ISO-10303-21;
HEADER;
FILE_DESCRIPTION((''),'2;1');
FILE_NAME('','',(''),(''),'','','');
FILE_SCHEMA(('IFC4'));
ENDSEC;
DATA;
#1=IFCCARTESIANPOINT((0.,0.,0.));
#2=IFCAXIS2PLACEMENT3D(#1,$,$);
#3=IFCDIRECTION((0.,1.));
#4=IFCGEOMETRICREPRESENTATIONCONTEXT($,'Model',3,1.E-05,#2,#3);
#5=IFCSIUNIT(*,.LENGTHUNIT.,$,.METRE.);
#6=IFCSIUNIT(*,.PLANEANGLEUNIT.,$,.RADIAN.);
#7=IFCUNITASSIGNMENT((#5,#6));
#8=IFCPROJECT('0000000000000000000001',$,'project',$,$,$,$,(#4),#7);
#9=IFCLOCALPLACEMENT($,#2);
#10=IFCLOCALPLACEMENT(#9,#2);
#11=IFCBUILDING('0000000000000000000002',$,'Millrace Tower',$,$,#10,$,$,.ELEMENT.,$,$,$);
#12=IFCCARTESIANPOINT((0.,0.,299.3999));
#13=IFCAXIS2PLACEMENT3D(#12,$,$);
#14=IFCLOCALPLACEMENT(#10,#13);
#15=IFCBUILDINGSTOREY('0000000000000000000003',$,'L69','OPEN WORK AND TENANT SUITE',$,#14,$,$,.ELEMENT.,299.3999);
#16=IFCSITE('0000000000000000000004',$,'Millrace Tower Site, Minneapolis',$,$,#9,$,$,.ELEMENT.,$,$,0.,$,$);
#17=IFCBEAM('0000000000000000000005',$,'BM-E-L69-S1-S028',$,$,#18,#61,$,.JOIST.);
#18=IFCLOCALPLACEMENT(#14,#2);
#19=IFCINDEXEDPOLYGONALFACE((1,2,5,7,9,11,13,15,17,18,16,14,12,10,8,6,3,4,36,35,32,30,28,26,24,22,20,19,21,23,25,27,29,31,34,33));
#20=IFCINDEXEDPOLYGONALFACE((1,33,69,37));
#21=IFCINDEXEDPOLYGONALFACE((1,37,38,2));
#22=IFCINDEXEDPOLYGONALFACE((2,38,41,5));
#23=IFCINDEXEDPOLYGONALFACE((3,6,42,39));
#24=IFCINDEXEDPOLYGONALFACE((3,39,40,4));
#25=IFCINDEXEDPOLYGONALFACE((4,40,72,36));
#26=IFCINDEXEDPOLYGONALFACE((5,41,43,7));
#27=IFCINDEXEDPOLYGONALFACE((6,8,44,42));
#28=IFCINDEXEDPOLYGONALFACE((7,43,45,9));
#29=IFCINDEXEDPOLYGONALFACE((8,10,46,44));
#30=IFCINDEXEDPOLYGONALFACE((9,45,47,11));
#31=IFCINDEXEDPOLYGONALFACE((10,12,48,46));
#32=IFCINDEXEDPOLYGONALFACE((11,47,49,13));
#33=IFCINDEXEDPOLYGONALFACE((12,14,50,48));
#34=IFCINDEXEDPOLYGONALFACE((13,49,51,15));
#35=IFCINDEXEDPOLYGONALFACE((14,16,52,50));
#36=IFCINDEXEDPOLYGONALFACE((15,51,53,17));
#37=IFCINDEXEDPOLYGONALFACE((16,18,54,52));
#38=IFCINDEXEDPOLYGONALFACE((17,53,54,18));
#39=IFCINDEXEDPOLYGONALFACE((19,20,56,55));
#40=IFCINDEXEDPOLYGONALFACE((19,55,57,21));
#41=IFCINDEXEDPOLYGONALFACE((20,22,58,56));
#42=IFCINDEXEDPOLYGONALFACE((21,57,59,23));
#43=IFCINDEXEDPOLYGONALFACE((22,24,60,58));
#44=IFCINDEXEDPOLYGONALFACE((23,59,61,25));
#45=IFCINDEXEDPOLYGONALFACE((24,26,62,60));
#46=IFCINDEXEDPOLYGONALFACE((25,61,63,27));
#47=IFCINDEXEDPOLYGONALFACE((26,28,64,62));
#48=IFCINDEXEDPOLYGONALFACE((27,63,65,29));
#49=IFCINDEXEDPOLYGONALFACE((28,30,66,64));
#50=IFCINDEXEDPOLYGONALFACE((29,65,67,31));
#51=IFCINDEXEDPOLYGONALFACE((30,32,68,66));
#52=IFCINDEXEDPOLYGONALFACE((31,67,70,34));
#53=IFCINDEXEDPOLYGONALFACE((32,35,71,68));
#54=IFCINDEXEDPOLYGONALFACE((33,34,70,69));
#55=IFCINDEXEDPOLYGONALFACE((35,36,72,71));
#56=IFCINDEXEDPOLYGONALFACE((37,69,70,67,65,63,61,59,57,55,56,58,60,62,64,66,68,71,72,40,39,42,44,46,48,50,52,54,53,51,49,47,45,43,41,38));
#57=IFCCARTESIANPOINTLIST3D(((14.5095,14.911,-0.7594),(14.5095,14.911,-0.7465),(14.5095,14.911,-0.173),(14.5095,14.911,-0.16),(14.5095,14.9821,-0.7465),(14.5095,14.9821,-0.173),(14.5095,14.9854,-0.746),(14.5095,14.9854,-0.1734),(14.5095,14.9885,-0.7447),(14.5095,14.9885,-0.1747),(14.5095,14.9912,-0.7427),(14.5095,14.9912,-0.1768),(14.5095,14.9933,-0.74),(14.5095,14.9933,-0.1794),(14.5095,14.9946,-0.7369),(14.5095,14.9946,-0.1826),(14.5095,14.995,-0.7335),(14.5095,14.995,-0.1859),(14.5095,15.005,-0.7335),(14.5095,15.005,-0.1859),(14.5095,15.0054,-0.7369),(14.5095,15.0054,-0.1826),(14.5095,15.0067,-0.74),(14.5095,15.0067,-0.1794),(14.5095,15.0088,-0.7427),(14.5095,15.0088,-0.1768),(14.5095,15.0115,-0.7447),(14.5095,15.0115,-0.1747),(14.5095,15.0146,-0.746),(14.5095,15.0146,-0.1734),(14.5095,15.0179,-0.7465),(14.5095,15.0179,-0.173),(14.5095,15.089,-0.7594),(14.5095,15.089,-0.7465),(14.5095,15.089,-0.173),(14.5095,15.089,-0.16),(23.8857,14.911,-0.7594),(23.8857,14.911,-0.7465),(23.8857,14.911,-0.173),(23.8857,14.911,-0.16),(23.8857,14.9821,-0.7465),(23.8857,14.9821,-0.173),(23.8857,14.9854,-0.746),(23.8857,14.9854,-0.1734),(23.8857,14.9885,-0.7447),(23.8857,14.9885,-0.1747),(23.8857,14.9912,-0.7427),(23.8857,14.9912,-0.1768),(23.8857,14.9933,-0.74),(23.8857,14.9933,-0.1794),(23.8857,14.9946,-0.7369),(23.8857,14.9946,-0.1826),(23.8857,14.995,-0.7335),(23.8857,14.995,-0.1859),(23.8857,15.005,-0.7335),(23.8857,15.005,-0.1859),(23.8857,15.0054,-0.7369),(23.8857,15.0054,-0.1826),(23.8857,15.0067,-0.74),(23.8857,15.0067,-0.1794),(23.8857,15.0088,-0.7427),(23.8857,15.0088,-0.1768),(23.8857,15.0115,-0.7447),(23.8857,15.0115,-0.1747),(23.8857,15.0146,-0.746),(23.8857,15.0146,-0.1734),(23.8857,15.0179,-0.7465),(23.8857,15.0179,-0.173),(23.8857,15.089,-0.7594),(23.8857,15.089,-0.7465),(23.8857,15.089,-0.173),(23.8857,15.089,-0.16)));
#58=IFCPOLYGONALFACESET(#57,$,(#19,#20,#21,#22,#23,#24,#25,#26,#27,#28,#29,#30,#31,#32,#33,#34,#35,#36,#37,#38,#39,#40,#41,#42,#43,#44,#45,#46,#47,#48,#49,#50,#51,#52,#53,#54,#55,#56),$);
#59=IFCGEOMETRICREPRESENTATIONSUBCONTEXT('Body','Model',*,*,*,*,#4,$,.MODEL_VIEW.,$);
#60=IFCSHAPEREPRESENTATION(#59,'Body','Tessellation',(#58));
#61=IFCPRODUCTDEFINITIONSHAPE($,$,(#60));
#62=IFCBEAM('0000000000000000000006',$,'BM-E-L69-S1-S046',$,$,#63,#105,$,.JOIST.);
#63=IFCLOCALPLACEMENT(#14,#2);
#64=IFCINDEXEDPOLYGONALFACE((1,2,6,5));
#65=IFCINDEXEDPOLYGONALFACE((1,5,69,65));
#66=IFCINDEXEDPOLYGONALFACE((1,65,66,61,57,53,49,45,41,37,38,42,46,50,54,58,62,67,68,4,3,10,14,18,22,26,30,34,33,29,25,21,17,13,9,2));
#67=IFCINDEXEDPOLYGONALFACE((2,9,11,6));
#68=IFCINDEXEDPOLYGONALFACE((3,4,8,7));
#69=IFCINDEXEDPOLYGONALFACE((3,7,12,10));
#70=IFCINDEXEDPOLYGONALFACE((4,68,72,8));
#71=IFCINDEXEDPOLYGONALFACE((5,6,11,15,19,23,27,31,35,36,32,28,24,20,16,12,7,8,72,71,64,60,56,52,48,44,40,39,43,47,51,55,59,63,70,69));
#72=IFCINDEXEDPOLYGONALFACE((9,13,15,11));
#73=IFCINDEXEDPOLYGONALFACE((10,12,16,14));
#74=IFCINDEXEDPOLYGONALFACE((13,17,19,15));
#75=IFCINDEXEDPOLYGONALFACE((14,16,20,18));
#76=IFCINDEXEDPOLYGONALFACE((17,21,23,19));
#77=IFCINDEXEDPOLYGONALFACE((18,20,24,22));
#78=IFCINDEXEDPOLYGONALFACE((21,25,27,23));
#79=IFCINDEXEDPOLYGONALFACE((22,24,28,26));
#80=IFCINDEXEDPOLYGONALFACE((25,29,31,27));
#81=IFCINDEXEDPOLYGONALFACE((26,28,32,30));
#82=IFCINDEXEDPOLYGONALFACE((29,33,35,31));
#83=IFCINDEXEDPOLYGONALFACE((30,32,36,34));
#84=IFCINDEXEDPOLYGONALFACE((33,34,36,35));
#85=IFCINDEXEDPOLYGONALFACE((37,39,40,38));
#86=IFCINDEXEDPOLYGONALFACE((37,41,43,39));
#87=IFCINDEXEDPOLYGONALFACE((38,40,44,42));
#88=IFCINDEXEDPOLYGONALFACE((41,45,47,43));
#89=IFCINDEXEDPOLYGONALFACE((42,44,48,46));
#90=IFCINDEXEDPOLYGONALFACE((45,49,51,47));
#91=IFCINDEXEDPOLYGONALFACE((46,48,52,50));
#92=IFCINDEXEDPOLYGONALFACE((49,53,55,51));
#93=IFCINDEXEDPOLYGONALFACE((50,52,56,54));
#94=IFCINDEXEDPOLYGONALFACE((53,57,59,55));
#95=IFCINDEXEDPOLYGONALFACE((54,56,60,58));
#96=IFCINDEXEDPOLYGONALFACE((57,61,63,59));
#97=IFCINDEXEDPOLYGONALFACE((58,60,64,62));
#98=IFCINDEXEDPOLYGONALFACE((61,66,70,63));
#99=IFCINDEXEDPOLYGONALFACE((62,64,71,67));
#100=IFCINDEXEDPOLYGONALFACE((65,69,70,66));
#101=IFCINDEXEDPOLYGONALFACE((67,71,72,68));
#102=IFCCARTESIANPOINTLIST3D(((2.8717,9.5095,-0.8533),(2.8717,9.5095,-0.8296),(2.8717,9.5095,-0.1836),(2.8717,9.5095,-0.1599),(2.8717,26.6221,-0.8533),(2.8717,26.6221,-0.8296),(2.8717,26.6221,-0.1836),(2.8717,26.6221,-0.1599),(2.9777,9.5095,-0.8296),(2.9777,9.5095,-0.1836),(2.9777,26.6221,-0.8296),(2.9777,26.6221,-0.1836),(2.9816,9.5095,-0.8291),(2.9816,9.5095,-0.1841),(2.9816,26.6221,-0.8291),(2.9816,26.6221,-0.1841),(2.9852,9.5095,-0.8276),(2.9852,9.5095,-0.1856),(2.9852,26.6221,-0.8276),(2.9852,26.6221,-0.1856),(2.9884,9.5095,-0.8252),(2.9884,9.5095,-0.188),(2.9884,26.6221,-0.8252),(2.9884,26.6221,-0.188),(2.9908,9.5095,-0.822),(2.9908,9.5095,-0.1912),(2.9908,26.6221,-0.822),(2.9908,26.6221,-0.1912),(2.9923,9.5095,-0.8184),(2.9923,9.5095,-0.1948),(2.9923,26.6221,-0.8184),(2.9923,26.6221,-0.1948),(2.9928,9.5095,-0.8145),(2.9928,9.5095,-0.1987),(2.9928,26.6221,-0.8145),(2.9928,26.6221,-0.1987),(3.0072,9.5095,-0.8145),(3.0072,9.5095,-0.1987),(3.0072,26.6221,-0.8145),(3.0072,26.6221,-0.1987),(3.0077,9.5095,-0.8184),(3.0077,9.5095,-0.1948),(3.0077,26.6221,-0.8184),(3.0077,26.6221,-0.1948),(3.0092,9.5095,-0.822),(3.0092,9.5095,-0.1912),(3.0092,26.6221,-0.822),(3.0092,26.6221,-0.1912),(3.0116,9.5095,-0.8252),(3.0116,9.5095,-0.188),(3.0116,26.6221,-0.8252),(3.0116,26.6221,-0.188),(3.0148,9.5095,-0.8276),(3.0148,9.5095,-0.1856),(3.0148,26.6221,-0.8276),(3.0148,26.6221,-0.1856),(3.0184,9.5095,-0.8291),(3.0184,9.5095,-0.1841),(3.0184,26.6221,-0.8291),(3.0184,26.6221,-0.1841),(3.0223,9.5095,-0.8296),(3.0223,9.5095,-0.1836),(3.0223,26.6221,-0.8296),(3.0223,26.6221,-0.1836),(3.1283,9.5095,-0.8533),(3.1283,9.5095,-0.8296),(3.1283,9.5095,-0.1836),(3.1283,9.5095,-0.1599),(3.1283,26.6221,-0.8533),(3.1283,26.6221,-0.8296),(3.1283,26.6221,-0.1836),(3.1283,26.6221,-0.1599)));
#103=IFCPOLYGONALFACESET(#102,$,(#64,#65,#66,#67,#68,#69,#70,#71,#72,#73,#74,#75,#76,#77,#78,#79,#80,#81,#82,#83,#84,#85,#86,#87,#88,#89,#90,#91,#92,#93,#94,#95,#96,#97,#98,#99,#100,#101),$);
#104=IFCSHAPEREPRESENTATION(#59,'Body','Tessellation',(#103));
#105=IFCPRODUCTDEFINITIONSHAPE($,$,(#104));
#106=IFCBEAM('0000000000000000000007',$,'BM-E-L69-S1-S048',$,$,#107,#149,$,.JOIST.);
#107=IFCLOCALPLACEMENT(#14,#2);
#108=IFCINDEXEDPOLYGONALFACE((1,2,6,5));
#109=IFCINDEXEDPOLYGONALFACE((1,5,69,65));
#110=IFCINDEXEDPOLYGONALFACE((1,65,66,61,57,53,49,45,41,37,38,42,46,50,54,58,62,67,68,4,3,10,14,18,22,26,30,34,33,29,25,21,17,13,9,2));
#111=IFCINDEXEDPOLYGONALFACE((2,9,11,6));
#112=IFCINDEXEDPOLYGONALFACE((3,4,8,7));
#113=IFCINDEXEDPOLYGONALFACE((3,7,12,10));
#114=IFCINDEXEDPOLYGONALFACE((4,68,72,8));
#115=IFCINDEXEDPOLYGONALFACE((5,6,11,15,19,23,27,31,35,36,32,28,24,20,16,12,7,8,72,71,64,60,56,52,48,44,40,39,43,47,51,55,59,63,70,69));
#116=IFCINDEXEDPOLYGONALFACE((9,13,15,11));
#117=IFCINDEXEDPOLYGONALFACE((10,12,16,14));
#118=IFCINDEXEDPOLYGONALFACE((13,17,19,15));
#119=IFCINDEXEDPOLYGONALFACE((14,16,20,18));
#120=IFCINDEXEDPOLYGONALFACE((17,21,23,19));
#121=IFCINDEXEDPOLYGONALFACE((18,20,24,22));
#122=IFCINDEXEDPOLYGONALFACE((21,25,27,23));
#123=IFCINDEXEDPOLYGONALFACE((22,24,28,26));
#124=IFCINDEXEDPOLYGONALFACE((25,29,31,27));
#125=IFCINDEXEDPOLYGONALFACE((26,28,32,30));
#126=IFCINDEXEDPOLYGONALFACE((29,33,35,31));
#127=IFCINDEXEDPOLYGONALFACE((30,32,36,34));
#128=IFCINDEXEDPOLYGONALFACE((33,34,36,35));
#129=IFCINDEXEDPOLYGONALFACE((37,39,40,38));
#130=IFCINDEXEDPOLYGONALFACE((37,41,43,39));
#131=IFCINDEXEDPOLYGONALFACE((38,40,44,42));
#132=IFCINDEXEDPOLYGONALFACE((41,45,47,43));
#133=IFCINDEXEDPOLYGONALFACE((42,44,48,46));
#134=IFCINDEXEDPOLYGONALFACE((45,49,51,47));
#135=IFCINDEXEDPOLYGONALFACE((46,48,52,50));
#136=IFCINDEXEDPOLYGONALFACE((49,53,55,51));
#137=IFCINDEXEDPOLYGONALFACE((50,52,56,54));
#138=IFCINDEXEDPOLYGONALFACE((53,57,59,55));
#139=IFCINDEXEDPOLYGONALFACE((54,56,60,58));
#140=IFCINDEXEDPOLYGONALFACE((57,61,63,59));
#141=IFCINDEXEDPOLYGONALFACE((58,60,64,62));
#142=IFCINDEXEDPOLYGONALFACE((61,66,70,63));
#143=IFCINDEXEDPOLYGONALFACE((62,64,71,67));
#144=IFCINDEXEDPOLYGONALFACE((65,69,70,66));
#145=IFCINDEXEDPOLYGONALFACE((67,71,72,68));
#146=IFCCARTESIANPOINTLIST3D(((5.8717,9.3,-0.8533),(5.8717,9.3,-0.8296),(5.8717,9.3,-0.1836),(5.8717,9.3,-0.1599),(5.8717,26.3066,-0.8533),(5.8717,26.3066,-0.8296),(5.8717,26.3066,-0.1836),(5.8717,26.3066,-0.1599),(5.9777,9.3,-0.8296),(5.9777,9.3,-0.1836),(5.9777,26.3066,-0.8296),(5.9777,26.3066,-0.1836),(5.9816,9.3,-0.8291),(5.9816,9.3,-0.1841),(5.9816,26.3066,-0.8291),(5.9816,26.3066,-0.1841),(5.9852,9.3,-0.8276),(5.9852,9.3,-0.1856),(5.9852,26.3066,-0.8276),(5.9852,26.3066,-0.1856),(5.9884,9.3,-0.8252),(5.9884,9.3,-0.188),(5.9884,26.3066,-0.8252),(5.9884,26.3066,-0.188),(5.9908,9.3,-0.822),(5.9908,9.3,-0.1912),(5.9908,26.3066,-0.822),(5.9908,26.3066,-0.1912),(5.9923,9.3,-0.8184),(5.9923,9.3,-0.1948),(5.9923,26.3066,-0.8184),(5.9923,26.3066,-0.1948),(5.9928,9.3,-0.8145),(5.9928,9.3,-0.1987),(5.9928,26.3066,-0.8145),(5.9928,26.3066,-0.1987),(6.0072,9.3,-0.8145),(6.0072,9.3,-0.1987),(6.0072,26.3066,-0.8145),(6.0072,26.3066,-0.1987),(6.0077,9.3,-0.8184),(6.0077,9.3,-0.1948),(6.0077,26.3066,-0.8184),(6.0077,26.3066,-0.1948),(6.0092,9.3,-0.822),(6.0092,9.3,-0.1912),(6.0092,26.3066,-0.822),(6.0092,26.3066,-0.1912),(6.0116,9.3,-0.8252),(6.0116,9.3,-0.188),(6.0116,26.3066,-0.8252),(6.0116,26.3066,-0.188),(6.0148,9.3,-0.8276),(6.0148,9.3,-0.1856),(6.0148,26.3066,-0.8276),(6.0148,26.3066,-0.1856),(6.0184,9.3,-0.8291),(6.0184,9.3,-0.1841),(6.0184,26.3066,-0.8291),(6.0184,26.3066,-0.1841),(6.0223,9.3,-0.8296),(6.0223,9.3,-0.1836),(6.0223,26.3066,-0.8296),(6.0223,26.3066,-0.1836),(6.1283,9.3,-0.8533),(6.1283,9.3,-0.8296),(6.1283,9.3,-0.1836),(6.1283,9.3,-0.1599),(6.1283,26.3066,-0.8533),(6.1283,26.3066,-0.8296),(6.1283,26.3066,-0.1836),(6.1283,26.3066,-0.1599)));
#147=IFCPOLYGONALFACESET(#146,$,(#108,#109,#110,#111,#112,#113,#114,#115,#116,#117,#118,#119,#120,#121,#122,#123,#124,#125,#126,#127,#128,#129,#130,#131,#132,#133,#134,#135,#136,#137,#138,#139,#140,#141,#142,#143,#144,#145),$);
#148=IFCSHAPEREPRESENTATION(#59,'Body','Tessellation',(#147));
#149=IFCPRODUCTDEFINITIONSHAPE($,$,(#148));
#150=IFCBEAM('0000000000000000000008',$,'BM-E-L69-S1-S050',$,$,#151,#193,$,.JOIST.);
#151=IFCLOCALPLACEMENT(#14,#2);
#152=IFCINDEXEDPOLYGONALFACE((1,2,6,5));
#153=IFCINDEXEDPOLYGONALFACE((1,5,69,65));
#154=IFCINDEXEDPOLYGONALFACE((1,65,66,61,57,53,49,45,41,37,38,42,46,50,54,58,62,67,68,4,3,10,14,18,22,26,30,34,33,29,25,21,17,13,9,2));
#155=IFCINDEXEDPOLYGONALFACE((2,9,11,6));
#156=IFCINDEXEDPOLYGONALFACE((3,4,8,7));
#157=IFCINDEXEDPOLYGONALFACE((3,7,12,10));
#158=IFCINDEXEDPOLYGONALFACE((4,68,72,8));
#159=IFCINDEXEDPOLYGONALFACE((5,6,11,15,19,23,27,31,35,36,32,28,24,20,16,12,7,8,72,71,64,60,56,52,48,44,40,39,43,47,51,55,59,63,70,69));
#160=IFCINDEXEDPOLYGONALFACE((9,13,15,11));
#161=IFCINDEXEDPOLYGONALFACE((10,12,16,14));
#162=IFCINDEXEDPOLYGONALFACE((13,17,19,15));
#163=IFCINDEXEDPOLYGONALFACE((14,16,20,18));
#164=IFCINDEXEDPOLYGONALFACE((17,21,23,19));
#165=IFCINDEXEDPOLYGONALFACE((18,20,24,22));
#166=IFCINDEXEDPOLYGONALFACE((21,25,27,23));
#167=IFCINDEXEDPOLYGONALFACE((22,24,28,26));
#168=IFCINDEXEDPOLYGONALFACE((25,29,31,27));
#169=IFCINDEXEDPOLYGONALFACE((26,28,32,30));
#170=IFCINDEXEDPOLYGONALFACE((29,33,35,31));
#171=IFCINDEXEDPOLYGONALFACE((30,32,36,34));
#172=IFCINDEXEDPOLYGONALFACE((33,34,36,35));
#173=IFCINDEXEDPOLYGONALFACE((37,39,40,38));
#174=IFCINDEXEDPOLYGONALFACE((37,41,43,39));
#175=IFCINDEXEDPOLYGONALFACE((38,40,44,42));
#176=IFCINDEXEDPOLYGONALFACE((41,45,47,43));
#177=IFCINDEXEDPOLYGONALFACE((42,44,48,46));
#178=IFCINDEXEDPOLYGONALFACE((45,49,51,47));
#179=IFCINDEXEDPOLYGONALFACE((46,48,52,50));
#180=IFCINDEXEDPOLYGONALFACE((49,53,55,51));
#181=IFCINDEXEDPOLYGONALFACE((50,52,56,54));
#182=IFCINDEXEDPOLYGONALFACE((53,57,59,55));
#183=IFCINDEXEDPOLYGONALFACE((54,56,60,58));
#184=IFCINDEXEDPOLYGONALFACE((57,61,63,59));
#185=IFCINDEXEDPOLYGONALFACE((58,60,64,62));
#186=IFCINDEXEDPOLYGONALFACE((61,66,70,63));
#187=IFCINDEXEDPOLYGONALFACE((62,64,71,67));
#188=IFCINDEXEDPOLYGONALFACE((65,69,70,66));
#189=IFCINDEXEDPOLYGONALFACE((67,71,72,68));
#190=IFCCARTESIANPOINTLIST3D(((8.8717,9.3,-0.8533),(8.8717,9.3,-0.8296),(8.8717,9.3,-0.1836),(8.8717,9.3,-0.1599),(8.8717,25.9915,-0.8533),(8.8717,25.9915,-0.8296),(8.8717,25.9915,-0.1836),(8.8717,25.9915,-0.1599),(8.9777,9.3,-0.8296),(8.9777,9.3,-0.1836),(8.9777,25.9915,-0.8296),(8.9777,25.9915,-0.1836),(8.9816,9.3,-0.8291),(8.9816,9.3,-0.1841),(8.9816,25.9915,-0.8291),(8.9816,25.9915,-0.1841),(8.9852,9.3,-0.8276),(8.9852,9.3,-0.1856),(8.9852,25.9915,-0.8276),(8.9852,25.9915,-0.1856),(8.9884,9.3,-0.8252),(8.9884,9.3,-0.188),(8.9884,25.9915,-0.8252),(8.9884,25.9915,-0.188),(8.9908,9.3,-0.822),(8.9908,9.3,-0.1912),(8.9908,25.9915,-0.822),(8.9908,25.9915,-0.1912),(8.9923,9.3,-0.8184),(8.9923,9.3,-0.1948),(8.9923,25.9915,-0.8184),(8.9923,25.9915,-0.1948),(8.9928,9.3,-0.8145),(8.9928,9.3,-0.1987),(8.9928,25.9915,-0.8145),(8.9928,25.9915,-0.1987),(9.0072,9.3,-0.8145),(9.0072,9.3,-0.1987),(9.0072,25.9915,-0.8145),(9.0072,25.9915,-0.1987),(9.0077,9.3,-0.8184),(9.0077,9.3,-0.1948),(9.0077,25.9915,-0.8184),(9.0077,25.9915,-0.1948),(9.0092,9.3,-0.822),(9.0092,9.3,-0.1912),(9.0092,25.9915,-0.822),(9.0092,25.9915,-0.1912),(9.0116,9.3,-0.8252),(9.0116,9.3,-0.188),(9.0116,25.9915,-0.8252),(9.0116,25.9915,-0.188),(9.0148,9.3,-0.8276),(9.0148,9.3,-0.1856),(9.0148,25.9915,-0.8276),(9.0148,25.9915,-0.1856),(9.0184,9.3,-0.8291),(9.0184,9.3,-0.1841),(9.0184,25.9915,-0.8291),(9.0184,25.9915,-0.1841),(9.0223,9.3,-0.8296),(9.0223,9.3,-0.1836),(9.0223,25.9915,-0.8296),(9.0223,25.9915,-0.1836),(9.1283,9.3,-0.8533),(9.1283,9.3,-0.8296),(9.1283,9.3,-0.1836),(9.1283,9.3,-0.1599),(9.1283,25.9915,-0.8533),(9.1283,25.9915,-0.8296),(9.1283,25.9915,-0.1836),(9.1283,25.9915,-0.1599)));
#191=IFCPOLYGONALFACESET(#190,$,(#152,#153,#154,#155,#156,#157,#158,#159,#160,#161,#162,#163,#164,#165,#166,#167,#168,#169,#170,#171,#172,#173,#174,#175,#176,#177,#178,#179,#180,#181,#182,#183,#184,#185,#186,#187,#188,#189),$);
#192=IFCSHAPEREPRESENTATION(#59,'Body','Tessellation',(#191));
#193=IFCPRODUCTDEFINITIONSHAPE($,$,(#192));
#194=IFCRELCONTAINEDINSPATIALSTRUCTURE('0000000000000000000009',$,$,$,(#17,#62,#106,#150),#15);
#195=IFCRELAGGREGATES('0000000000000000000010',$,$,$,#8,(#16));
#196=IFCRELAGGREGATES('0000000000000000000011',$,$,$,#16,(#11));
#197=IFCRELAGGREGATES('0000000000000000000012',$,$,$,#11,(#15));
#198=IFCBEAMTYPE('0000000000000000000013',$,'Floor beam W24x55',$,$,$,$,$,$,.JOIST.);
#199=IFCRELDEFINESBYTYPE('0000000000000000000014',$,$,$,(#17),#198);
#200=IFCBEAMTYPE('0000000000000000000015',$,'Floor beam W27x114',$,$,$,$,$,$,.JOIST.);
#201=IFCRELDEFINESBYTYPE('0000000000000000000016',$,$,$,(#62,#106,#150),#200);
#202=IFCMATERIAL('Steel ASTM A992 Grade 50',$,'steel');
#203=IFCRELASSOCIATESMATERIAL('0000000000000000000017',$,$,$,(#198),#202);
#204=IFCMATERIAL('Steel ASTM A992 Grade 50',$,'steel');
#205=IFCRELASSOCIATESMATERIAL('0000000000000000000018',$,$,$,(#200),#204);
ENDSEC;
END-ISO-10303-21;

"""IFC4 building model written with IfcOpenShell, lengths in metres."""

from ifc_helpers import new_model, si_unit, direction, frame, origin, origin_2d, place, context, subcontext, project, spatial, i_section, extrude, material, material_profile, profile_set, type_object, element, save


model = new_model("IFC4")

# Units and contexts
model_context = context("Model", 3, precision=1e-05, world=origin(), true_north=direction((0.0, 1.0)))
body_context = subcontext(model_context, "Body", "Model", "MODEL_VIEW")
ifc_project = project(units=[si_unit("LENGTHUNIT", "METRE"), si_unit("PLANEANGLEUNIT", "RADIAN")], contexts=[model_context])

# Site, building, storey
site_placement = place(None, origin())
site = spatial("IfcSite", under=ifc_project, at=site_placement, Name="Millrace Tower Site, Minneapolis", CompositionType="ELEMENT", RefElevation=0.0)
building_placement = place(site_placement, origin())
building = spatial("IfcBuilding", under=site, at=building_placement, Name="Millrace Tower", CompositionType="ELEMENT")
storey_placement = place(building_placement, frame((0.0, 0.0, 299.3999)))
storey = spatial("IfcBuildingStorey", under=building, at=storey_placement, Name="L69", Description="OPEN WORK AND TENANT SUITE", CompositionType="ELEMENT", Elevation=299.3999)

# Beams
ifc_material_1 = material(Name="Steel ASTM A992 Grade 50", Category="steel")
ifc_material_profile_1 = material_profile(ifc_material_1, i_section(OverallWidth=0.178, OverallDepth=0.5994, WebThickness=0.01, FlangeThickness=0.0129, FilletRadius=0.0129, at=origin_2d()))
ifc_profile_set_1 = profile_set([ifc_material_profile_1], Name="Steel ASTM A992 Grade 50")
beam_type_1 = type_object("IfcBeamType", Name="Floor beam W24x55", PredefinedType="JOIST", material=ifc_profile_set_1)
beam_1_placement = place(storey_placement, frame((14.5095, 15.0, -0.4597), z_axis=(1.0, 0.0, 0.0), x_axis=(0.0, 1.0, 0.0)))
element("IfcBeam", 1, at=beam_1_placement, inside=storey, type_object=beam_type_1, Name="BM-E-L69-S1-S028", PredefinedType="JOIST", context=body_context, shape_type="SweptSolid", body=[
    extrude(i_section(OverallWidth=0.178, OverallDepth=0.5994, WebThickness=0.01, FlangeThickness=0.0129, FilletRadius=0.0129, at=origin_2d()), origin(), (0.0, 0.0, 1.0), 9.3762),
])
ifc_material_2 = material(Name="Steel ASTM A992 Grade 50", Category="steel")
ifc_material_profile_2 = material_profile(ifc_material_2, i_section(OverallWidth=0.2566, OverallDepth=0.6934, WebThickness=0.0144, FlangeThickness=0.0237, FilletRadius=0.0151, at=origin_2d()))
ifc_profile_set_2 = profile_set([ifc_material_profile_2], Name="Steel ASTM A992 Grade 50")
beam_type_2 = type_object("IfcBeamType", Name="Floor beam W27x114", PredefinedType="JOIST", material=ifc_profile_set_2)
beam_2_placement = place(storey_placement, frame((3.0, 9.5095, -0.5066), z_axis=(0.0, 1.0, 0.0), x_axis=(-1.0, 0.0, 0.0)))
element("IfcBeam", 2, at=beam_2_placement, inside=storey, type_object=beam_type_2, Name="BM-E-L69-S1-S046", PredefinedType="JOIST", context=body_context, shape_type="SweptSolid", body=[
    extrude(i_section(OverallWidth=0.2566, OverallDepth=0.6934, WebThickness=0.0144, FlangeThickness=0.0237, FilletRadius=0.0151, at=origin_2d()), origin(), (0.0, 0.0, 1.0), 17.1125),
])
beam_3_placement = place(storey_placement, frame((6.0, 9.3, -0.5066), z_axis=(0.0, 1.0, 0.0), x_axis=(-1.0, 0.0, 0.0)))
element("IfcBeam", 3, at=beam_3_placement, inside=storey, type_object=beam_type_2, Name="BM-E-L69-S1-S048", PredefinedType="JOIST", context=body_context, shape_type="SweptSolid", body=[
    extrude(i_section(OverallWidth=0.2566, OverallDepth=0.6934, WebThickness=0.0144, FlangeThickness=0.0237, FilletRadius=0.0151, at=origin_2d()), origin(), (0.0, 0.0, 1.0), 17.0066),
])
beam_4_placement = place(storey_placement, frame((9.0, 9.3, -0.5066), z_axis=(0.0, 1.0, 0.0), x_axis=(-1.0, 0.0, 0.0)))
element("IfcBeam", 4, at=beam_4_placement, inside=storey, type_object=beam_type_2, Name="BM-E-L69-S1-S050", PredefinedType="JOIST", context=body_context, shape_type="SweptSolid", body=[
    extrude(i_section(OverallWidth=0.2566, OverallDepth=0.6934, WebThickness=0.0144, FlangeThickness=0.0237, FilletRadius=0.0151, at=origin_2d()), origin(), (0.0, 0.0, 1.0), 16.6914),
])

save(model, "model.ifc")
